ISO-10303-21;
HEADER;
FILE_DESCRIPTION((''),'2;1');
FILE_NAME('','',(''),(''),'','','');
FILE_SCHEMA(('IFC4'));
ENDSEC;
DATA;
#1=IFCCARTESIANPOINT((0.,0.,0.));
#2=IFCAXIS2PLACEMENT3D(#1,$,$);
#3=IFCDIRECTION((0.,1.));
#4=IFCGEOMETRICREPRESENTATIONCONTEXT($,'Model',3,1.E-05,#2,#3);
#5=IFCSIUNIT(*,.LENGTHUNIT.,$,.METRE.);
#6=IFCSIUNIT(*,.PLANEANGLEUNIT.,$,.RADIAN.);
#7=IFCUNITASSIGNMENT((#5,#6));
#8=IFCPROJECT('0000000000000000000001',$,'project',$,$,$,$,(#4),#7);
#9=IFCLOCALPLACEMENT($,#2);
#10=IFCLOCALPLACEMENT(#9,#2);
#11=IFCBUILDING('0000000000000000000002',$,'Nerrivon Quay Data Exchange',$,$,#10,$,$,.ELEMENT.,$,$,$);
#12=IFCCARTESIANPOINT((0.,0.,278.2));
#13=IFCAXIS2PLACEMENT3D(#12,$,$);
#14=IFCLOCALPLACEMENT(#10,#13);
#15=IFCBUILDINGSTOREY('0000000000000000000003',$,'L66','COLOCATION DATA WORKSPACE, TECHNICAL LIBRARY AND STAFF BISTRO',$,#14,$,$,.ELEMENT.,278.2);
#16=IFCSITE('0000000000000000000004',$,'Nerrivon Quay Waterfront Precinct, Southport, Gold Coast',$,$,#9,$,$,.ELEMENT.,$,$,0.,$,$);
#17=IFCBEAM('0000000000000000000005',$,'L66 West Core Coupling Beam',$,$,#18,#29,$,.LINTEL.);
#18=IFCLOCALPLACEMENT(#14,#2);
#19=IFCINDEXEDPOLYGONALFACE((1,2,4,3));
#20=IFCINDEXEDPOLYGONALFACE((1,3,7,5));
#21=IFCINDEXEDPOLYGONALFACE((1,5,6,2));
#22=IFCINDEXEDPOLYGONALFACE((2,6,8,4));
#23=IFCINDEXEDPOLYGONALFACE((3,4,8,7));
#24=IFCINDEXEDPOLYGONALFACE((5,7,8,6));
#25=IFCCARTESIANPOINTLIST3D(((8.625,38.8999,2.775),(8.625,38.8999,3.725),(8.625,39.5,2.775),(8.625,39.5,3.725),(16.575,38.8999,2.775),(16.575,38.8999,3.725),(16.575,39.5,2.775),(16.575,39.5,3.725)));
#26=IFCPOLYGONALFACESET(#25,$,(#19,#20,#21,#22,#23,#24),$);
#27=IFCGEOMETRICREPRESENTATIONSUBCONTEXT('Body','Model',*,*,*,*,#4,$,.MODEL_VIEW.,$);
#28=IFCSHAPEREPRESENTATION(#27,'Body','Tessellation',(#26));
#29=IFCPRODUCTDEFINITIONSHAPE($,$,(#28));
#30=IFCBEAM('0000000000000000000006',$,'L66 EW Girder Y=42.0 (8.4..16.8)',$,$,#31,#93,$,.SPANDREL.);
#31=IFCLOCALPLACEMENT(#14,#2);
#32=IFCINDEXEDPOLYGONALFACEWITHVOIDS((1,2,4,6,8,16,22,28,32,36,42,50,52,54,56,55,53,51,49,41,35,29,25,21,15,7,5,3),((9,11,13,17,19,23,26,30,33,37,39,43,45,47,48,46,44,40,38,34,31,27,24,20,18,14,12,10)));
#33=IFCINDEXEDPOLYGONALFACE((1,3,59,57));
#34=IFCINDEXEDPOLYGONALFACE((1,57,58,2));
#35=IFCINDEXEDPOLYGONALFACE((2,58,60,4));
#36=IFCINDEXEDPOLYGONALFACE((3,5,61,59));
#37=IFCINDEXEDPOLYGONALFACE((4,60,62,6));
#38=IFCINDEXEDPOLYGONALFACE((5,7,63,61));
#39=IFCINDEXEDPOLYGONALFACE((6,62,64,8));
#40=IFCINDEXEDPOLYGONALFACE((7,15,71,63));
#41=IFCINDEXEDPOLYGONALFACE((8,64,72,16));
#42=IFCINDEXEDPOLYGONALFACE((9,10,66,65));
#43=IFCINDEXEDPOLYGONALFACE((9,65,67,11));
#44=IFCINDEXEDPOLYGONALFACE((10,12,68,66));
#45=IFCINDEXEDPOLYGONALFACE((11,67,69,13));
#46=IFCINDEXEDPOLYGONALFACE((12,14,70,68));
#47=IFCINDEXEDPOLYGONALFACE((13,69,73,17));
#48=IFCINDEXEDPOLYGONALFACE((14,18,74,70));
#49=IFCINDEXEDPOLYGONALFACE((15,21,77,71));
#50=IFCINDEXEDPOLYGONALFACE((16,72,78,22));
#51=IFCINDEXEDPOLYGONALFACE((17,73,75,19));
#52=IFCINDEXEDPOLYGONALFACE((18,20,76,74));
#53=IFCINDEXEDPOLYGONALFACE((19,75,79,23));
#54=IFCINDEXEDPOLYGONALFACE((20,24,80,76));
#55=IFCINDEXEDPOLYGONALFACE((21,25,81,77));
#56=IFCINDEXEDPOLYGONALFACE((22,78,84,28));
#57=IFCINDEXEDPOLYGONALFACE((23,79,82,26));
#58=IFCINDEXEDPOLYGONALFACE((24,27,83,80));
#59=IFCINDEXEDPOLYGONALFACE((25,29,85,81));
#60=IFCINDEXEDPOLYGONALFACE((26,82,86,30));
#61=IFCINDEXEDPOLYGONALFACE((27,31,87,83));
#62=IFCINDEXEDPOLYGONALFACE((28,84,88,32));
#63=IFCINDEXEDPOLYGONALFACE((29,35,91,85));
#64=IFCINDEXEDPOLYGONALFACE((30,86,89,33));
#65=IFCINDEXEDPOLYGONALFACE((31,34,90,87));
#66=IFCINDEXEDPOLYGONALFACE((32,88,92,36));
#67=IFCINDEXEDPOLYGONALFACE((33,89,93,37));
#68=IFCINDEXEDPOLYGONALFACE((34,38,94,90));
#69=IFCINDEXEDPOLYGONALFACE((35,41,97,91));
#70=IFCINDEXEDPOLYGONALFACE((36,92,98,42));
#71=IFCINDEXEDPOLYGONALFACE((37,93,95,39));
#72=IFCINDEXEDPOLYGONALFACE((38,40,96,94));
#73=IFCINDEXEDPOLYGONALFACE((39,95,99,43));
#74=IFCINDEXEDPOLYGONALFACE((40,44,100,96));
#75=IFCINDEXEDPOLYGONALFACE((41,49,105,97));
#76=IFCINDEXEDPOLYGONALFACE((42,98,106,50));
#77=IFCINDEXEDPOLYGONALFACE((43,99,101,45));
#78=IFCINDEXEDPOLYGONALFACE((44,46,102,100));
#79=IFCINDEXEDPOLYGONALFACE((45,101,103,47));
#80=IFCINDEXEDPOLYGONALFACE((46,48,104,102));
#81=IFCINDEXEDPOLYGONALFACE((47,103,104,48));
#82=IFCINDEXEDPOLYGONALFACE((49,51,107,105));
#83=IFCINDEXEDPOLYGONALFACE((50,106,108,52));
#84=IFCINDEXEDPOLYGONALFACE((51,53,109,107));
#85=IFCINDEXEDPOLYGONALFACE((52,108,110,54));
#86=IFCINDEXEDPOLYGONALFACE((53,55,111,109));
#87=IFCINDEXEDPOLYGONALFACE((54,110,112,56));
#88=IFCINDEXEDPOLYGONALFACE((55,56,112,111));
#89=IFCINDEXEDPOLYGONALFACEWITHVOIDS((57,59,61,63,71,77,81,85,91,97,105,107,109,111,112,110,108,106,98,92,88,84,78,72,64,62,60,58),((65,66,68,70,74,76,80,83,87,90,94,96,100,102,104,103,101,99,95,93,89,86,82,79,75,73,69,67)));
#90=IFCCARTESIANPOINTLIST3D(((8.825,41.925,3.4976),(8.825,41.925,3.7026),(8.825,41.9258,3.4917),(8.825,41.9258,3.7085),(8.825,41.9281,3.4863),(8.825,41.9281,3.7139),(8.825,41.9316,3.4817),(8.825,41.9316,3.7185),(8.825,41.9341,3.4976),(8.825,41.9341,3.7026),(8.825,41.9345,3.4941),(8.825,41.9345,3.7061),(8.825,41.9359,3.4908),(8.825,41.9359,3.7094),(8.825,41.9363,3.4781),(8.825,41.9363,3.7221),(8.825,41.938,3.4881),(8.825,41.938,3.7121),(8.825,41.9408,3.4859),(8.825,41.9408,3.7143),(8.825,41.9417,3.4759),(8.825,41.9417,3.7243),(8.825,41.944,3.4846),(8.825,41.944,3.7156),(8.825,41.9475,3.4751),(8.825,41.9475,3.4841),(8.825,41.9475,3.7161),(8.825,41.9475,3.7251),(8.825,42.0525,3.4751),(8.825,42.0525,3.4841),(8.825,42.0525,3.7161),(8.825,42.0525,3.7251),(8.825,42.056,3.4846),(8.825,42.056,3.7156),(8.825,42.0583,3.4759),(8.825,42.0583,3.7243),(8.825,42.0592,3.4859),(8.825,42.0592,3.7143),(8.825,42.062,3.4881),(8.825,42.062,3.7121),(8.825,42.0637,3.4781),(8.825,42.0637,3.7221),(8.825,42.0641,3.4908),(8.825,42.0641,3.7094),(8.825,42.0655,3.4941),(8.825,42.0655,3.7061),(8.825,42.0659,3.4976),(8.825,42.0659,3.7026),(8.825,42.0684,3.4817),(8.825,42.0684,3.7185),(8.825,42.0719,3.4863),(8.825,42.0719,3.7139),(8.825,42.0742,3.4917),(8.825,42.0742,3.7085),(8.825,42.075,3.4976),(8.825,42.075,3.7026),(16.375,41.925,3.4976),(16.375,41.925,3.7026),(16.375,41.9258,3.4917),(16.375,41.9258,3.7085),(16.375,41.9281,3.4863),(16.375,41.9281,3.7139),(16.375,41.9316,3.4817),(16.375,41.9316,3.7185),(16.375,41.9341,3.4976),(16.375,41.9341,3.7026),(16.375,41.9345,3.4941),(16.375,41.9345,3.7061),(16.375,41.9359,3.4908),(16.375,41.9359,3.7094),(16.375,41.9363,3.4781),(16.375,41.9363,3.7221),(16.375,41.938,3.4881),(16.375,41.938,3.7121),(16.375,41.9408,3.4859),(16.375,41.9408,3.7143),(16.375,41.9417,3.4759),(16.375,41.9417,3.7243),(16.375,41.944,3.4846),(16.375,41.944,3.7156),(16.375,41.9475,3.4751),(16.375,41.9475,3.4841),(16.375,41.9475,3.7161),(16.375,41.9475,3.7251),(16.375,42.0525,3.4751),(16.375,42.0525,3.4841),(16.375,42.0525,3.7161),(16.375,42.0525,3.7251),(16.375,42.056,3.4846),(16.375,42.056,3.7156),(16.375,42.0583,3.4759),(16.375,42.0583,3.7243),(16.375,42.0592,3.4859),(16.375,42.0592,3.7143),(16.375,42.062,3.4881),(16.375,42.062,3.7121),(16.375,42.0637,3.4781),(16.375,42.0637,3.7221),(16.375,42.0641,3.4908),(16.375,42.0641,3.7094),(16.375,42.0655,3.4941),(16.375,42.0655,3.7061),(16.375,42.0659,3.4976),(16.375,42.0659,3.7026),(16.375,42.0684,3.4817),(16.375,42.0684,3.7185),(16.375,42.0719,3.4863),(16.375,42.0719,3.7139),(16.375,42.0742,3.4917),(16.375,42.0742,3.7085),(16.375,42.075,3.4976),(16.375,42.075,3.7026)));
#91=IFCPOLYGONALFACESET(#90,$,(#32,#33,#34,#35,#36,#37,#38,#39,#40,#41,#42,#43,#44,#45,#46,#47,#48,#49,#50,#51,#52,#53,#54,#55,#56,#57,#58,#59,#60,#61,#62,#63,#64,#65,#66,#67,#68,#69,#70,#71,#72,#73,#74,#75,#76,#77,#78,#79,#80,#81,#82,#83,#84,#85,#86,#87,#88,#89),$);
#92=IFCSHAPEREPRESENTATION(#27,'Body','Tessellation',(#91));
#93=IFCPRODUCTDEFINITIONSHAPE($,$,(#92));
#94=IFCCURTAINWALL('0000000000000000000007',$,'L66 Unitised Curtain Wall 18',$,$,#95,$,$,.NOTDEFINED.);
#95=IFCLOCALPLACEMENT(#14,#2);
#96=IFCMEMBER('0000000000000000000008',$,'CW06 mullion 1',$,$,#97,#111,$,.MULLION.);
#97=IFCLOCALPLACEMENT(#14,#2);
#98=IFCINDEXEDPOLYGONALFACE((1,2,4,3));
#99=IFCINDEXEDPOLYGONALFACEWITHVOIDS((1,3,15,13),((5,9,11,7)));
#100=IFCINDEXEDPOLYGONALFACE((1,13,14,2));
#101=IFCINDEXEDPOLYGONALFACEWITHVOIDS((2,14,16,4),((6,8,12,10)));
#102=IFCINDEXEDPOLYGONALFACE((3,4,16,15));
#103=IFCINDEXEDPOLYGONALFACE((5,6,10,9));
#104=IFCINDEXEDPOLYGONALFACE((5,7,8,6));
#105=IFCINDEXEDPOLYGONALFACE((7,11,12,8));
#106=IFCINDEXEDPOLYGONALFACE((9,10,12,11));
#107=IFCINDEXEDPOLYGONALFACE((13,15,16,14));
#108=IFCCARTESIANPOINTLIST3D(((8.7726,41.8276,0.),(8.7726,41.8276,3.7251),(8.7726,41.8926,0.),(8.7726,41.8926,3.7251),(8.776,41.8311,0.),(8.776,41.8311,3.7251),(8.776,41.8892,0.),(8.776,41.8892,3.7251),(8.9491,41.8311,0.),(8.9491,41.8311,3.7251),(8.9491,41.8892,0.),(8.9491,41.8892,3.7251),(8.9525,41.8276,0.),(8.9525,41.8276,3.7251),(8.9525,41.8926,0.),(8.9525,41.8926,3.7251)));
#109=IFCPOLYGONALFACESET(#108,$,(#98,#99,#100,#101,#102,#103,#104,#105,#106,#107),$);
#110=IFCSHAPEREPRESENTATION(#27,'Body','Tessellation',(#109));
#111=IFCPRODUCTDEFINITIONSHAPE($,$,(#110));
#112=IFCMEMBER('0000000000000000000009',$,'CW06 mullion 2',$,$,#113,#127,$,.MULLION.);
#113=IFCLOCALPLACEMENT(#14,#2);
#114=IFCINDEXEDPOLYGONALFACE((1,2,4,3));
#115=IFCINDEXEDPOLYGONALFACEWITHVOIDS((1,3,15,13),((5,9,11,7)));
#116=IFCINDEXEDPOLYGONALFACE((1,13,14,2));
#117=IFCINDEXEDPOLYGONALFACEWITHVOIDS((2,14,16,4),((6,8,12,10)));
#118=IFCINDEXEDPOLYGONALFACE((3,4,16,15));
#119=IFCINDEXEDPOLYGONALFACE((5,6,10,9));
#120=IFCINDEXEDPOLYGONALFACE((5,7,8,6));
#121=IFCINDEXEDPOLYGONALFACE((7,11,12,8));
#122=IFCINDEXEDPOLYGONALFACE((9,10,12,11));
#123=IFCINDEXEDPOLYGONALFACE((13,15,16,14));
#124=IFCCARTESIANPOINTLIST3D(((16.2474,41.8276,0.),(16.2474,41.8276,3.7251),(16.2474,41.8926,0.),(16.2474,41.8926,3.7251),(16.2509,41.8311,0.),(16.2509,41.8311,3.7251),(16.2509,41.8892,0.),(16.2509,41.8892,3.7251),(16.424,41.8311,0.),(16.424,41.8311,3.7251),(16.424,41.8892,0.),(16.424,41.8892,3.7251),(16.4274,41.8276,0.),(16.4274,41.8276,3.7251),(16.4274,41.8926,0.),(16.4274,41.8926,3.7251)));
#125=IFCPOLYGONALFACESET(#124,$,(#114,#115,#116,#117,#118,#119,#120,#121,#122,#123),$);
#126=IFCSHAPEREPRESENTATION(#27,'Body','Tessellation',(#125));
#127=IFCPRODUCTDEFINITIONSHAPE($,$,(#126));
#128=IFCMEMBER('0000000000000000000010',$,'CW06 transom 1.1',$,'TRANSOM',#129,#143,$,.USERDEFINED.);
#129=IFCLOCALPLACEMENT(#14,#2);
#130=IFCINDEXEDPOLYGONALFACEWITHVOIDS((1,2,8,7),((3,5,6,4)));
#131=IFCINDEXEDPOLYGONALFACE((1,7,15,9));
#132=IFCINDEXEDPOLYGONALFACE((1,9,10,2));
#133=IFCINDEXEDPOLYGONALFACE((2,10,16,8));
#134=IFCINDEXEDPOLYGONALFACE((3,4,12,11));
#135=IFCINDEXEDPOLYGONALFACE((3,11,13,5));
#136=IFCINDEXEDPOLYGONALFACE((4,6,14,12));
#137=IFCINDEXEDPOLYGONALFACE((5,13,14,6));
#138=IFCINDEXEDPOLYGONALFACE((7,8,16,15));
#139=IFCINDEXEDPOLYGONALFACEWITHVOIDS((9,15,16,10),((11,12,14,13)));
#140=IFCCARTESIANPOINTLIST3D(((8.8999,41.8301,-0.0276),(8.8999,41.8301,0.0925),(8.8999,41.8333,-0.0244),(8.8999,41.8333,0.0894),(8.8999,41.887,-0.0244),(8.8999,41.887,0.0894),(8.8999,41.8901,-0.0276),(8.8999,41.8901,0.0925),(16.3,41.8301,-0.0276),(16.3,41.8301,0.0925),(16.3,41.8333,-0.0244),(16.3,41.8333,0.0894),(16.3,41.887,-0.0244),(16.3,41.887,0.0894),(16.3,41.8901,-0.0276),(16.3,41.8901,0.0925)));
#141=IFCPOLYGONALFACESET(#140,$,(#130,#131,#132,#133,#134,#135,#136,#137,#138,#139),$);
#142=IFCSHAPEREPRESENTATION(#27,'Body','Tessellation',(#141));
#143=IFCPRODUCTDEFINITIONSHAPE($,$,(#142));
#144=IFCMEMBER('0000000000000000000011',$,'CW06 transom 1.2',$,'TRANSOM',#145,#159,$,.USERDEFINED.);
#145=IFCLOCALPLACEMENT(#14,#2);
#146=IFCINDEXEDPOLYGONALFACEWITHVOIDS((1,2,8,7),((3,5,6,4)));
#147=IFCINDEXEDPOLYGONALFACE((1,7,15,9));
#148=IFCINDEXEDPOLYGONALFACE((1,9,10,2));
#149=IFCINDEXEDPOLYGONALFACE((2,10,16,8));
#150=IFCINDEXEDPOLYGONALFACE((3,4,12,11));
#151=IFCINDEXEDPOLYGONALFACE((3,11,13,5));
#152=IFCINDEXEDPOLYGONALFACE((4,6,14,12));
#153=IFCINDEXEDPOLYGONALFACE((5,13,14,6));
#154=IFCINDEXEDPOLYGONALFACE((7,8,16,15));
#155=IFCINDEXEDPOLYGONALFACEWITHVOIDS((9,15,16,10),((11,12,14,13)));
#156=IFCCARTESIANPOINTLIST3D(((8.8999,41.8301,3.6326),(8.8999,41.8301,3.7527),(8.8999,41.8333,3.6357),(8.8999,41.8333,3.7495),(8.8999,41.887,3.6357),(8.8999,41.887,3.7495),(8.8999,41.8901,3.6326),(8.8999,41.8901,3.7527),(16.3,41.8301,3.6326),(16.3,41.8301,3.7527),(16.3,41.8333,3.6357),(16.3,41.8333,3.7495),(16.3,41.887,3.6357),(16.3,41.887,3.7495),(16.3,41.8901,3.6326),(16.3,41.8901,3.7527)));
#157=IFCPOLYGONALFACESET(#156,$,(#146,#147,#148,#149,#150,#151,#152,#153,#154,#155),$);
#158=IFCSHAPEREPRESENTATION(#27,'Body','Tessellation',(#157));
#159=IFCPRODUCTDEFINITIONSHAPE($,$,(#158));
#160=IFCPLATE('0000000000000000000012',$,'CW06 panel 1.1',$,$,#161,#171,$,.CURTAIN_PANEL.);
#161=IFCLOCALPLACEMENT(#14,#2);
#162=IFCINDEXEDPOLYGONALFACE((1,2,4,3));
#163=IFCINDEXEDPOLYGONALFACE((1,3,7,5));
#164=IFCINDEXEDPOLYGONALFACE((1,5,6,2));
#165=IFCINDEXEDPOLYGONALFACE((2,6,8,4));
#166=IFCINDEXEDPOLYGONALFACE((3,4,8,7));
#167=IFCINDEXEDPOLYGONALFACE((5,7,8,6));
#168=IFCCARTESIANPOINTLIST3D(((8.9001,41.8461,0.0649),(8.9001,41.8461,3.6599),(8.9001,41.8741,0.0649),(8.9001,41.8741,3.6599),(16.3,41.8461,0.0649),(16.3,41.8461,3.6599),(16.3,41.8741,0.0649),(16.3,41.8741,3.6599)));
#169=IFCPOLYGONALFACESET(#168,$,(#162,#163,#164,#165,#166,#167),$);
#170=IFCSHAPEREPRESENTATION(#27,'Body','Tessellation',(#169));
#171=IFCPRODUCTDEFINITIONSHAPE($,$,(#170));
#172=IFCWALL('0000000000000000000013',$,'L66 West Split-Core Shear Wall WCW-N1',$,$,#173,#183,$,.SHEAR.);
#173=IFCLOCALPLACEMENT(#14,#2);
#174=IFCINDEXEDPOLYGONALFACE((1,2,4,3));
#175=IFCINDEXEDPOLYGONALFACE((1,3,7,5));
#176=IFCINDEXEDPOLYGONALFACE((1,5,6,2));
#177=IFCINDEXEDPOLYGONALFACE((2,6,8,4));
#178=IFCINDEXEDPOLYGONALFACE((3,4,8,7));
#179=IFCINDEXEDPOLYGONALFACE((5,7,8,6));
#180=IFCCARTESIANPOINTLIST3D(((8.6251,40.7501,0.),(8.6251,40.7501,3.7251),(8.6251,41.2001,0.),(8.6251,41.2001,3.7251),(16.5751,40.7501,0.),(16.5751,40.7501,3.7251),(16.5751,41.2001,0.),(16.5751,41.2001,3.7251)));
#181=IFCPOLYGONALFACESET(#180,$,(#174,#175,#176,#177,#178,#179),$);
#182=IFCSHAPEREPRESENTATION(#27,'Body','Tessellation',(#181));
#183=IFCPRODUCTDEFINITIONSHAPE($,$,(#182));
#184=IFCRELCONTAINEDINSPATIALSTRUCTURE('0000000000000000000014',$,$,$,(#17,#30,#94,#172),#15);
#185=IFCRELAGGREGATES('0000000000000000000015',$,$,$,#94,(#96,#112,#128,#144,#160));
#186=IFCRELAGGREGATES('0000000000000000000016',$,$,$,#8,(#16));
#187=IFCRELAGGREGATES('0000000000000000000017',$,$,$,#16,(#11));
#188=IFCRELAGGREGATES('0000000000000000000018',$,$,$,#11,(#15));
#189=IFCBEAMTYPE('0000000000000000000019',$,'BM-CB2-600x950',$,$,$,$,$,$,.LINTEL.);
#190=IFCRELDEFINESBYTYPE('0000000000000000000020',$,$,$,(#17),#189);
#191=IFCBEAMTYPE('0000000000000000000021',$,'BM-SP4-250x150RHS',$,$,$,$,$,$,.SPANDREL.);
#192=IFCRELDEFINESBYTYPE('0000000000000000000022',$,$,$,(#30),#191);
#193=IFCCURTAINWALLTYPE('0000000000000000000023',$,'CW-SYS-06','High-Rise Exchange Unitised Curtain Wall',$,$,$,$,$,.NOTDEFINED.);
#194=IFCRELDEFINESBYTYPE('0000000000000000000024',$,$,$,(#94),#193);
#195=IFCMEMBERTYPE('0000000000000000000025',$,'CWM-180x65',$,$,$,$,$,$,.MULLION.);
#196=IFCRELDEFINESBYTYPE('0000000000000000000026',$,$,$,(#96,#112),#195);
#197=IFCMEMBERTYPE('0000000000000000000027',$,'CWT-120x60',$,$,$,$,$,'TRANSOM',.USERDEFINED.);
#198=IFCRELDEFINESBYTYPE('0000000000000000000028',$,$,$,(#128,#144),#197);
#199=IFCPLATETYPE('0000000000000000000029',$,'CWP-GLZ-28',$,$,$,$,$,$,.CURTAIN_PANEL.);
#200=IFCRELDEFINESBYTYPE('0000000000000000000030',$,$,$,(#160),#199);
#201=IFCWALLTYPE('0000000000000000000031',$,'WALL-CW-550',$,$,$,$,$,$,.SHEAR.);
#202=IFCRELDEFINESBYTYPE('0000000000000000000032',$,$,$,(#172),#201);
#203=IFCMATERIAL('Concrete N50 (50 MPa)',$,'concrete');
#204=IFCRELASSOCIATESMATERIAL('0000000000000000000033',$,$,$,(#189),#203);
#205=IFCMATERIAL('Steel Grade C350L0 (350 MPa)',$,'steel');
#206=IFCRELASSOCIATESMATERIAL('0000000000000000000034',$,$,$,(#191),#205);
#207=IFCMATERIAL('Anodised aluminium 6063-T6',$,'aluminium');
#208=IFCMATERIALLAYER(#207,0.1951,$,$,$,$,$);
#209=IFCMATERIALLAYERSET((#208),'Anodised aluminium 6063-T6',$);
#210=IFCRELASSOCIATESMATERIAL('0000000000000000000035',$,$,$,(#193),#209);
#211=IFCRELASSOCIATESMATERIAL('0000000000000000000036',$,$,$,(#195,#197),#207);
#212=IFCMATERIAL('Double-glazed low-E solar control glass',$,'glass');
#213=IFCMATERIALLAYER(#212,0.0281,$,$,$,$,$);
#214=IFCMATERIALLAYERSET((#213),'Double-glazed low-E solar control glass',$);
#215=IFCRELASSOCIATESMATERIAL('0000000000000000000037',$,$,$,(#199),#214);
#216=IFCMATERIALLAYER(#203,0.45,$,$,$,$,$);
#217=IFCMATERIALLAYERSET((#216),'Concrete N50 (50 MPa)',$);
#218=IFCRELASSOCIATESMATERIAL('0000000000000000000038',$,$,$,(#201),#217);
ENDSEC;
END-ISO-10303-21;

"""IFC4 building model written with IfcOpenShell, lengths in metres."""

from ifc_helpers import new_model, si_unit, direction, frame, frame_2d, origin, origin_2d, place, context, subcontext, project, spatial, rectangle, hollow_rectangle, extrude, material, layer, layer_set, material_profile, profile_set, type_object, element, aggregate, save


model = new_model("IFC4")

# Units and contexts
model_context = context("Model", 3, precision=1e-05, world=origin(), true_north=direction((0.0, 1.0)))
body_context = subcontext(model_context, "Body", "Model", "MODEL_VIEW")
ifc_project = project(units=[si_unit("LENGTHUNIT", "METRE"), si_unit("PLANEANGLEUNIT", "RADIAN")], contexts=[model_context])

# Site, building, storey
site_placement = place(None, origin())
site = spatial("IfcSite", under=ifc_project, at=site_placement, Name="Nerrivon Quay Waterfront Precinct, Southport, Gold Coast", CompositionType="ELEMENT", RefElevation=0.0)
building_placement = place(site_placement, origin())
building = spatial("IfcBuilding", under=site, at=building_placement, Name="Nerrivon Quay Data Exchange", CompositionType="ELEMENT")
storey_placement = place(building_placement, frame((0.0, 0.0, 278.2)))
storey = spatial("IfcBuildingStorey", under=building, at=storey_placement, Name="L66", Description="COLOCATION DATA WORKSPACE, TECHNICAL LIBRARY AND STAFF BISTRO", CompositionType="ELEMENT", Elevation=278.2)

# Beams
ifc_material_1 = material(Name="Concrete N50 (50 MPa)", Category="concrete")
ifc_material_profile_1 = material_profile(ifc_material_1, rectangle(XDim=0.6001, YDim=0.95, at=origin_2d()), Name="RC-CB-600x950")
ifc_profile_set_1 = profile_set([ifc_material_profile_1], Name="Concrete N50 (50 MPa)")
beam_type_1 = type_object("IfcBeamType", Name="BM-CB2-600x950", PredefinedType="LINTEL", material=ifc_profile_set_1)
beam_1_placement = place(storey_placement, frame((8.625, 39.2, 3.25), z_axis=(1.0, 0.0, 0.0), x_axis=(0.0, 1.0, 0.0)))
element("IfcBeam", 1, at=beam_1_placement, inside=storey, type_object=beam_type_1, Name="L66 West Core Coupling Beam", PredefinedType="LINTEL", context=body_context, shape_type="SweptSolid", body=[
    extrude(rectangle(XDim=0.6001, YDim=0.95, at=origin_2d()), origin(), (0.0, 0.0, 1.0), 7.95),
])
ifc_material_2 = material(Name="Steel Grade C350L0 (350 MPa)", Category="steel")
ifc_material_profile_2 = material_profile(ifc_material_2, hollow_rectangle(XDim=0.1499, YDim=0.25, WallThickness=0.009, InnerFilletRadius=0.0134, OuterFilletRadius=0.0225, at=origin_2d()), Name="250x150x9.0RHS")
ifc_profile_set_2 = profile_set([ifc_material_profile_2], Name="Steel Grade C350L0 (350 MPa)")
beam_type_2 = type_object("IfcBeamType", Name="BM-SP4-250x150RHS", PredefinedType="SPANDREL", material=ifc_profile_set_2)
beam_2_placement = place(storey_placement, frame((8.825, 42.0, 3.6001), z_axis=(1.0, 0.0, 0.0), x_axis=(0.0, 1.0, 0.0)))
element("IfcBeam", 2, at=beam_2_placement, inside=storey, type_object=beam_type_2, Name="L66 EW Girder Y=42.0 (8.4..16.8)", PredefinedType="SPANDREL", context=body_context, shape_type="SweptSolid", body=[
    extrude(hollow_rectangle(XDim=0.1499, YDim=0.25, WallThickness=0.009, InnerFilletRadius=0.0134, OuterFilletRadius=0.0225, at=origin_2d()), origin(), (0.0, 0.0, 1.0), 7.55),
])

# Curtain wall, members, plate
ifc_material_3 = material(Name="Anodised aluminium 6063-T6", Category="aluminium")
ifc_layer_1 = layer(ifc_material_3, 0.1951)
ifc_layer_set_1 = layer_set([ifc_layer_1], Name="Anodised aluminium 6063-T6")
curtain_wall_type = type_object("IfcCurtainWallType", Name="CW-SYS-06", Description="High-Rise Exchange Unitised Curtain Wall", PredefinedType="NOTDEFINED", material=ifc_layer_set_1)
curtain_wall_placement = place(storey_placement, origin())
curtain_wall = element("IfcCurtainWall", 3, at=curtain_wall_placement, inside=storey, type_object=curtain_wall_type, Name="L66 Unitised Curtain Wall 18", PredefinedType="NOTDEFINED")
ifc_material_profile_3 = material_profile(ifc_material_3, hollow_rectangle(XDim=0.0649, YDim=0.1799, WallThickness=0.0034, at=origin_2d()), Name="ALU-MULL-180x65")
ifc_profile_set_3 = profile_set([ifc_material_profile_3], Name="Anodised aluminium 6063-T6")
member_type_1 = type_object("IfcMemberType", Name="CWM-180x65", PredefinedType="MULLION", material=ifc_profile_set_3)
member_1_placement = place(storey_placement, frame((8.8625, 41.8601, 0.0), z_axis=(0.0, 0.0, 1.0), x_axis=(0.0, 1.0, 0.0)))
member_1 = element("IfcMember", 4, at=member_1_placement, type_object=member_type_1, Name="CW06 mullion 1", PredefinedType="MULLION", context=body_context, shape_type="SweptSolid", body=[
    extrude(hollow_rectangle(XDim=0.0649, YDim=0.1799, WallThickness=0.0034, at=origin_2d()), origin(), (0.0, 0.0, 1.0), 3.7251),
])
member_2_placement = place(storey_placement, frame((16.3374, 41.8601, 0.0), z_axis=(0.0, 0.0, 1.0), x_axis=(0.0, 1.0, 0.0)))
member_2 = element("IfcMember", 5, at=member_2_placement, type_object=member_type_1, Name="CW06 mullion 2", PredefinedType="MULLION", context=body_context, shape_type="SweptSolid", body=[
    extrude(hollow_rectangle(XDim=0.0649, YDim=0.1799, WallThickness=0.0034, at=origin_2d()), origin(), (0.0, 0.0, 1.0), 3.7251),
])
ifc_material_profile_4 = material_profile(ifc_material_3, hollow_rectangle(XDim=0.0601, YDim=0.1201, WallThickness=0.0032, at=origin_2d()), Name="ALU-TRAN-120x60")
ifc_profile_set_4 = profile_set([ifc_material_profile_4], Name="Anodised aluminium 6063-T6")
member_type_2 = type_object("IfcMemberType", Name="CWT-120x60", ElementType="TRANSOM", PredefinedType="USERDEFINED", material=ifc_profile_set_4)
member_3_placement = place(storey_placement, frame((8.8999, 41.8601, 0.0325), z_axis=(1.0, 0.0, 0.0), x_axis=(0.0, 1.0, 0.0)))
member_3 = element("IfcMember", 6, at=member_3_placement, type_object=member_type_2, Name="CW06 transom 1.1", ObjectType="TRANSOM", PredefinedType="USERDEFINED", context=body_context, shape_type="SweptSolid", body=[
    extrude(hollow_rectangle(XDim=0.0601, YDim=0.1201, WallThickness=0.0032, at=origin_2d()), origin(), (0.0, 0.0, 1.0), 7.4001),
])
member_4_placement = place(storey_placement, frame((8.8999, 41.8601, 3.6926), z_axis=(1.0, 0.0, 0.0), x_axis=(0.0, 1.0, 0.0)))
member_4 = element("IfcMember", 7, at=member_4_placement, type_object=member_type_2, Name="CW06 transom 1.2", ObjectType="TRANSOM", PredefinedType="USERDEFINED", context=body_context, shape_type="SweptSolid", body=[
    extrude(hollow_rectangle(XDim=0.0601, YDim=0.1201, WallThickness=0.0032, at=origin_2d()), origin(), (0.0, 0.0, 1.0), 7.4001),
])
ifc_material_4 = material(Name="Double-glazed low-E solar control glass", Category="glass")
ifc_layer_2 = layer(ifc_material_4, 0.0281)
ifc_layer_set_2 = layer_set([ifc_layer_2], Name="Double-glazed low-E solar control glass")
plate_type = type_object("IfcPlateType", Name="CWP-GLZ-28", PredefinedType="CURTAIN_PANEL", material=ifc_layer_set_2)
plate_placement = place(storey_placement, frame((12.6001, 41.8601, 0.0649), z_axis=(0.0, 0.0, 1.0), x_axis=(1.0, 0.0, 0.0)))
plate = element("IfcPlate", 8, at=plate_placement, type_object=plate_type, Name="CW06 panel 1.1", PredefinedType="CURTAIN_PANEL", context=body_context, shape_type="SweptSolid", body=[
    extrude(rectangle(XDim=7.3999, YDim=0.0281, at=origin_2d()), origin(), (0.0, 0.0, 1.0), 3.595),
])
aggregate(curtain_wall, [member_1, member_2, member_3, member_4, plate])

# Wall
ifc_layer_3 = layer(ifc_material_1, 0.45)
ifc_layer_set_3 = layer_set([ifc_layer_3], Name="Concrete N50 (50 MPa)")
wall_type_1 = type_object("IfcWallType", Name="WALL-CW-550", PredefinedType="SHEAR", material=ifc_layer_set_3)
wall_1_placement = place(storey_placement, frame((8.625, 40.9751, 0.0), z_axis=(0.0, 0.0, 1.0), x_axis=(1.0, 0.0, 0.0)))
element("IfcWall", 9, at=wall_1_placement, inside=storey, type_object=wall_type_1, Name="L66 West Split-Core Shear Wall WCW-N1", PredefinedType="SHEAR", context=body_context, shape_type="SweptSolid", body=[
    extrude(rectangle(XDim=7.95, YDim=0.45, at=frame_2d((3.9751, 0.0))), origin(), (0.0, 0.0, 1.0), 3.7251),
])

save(model, "model.ifc")
